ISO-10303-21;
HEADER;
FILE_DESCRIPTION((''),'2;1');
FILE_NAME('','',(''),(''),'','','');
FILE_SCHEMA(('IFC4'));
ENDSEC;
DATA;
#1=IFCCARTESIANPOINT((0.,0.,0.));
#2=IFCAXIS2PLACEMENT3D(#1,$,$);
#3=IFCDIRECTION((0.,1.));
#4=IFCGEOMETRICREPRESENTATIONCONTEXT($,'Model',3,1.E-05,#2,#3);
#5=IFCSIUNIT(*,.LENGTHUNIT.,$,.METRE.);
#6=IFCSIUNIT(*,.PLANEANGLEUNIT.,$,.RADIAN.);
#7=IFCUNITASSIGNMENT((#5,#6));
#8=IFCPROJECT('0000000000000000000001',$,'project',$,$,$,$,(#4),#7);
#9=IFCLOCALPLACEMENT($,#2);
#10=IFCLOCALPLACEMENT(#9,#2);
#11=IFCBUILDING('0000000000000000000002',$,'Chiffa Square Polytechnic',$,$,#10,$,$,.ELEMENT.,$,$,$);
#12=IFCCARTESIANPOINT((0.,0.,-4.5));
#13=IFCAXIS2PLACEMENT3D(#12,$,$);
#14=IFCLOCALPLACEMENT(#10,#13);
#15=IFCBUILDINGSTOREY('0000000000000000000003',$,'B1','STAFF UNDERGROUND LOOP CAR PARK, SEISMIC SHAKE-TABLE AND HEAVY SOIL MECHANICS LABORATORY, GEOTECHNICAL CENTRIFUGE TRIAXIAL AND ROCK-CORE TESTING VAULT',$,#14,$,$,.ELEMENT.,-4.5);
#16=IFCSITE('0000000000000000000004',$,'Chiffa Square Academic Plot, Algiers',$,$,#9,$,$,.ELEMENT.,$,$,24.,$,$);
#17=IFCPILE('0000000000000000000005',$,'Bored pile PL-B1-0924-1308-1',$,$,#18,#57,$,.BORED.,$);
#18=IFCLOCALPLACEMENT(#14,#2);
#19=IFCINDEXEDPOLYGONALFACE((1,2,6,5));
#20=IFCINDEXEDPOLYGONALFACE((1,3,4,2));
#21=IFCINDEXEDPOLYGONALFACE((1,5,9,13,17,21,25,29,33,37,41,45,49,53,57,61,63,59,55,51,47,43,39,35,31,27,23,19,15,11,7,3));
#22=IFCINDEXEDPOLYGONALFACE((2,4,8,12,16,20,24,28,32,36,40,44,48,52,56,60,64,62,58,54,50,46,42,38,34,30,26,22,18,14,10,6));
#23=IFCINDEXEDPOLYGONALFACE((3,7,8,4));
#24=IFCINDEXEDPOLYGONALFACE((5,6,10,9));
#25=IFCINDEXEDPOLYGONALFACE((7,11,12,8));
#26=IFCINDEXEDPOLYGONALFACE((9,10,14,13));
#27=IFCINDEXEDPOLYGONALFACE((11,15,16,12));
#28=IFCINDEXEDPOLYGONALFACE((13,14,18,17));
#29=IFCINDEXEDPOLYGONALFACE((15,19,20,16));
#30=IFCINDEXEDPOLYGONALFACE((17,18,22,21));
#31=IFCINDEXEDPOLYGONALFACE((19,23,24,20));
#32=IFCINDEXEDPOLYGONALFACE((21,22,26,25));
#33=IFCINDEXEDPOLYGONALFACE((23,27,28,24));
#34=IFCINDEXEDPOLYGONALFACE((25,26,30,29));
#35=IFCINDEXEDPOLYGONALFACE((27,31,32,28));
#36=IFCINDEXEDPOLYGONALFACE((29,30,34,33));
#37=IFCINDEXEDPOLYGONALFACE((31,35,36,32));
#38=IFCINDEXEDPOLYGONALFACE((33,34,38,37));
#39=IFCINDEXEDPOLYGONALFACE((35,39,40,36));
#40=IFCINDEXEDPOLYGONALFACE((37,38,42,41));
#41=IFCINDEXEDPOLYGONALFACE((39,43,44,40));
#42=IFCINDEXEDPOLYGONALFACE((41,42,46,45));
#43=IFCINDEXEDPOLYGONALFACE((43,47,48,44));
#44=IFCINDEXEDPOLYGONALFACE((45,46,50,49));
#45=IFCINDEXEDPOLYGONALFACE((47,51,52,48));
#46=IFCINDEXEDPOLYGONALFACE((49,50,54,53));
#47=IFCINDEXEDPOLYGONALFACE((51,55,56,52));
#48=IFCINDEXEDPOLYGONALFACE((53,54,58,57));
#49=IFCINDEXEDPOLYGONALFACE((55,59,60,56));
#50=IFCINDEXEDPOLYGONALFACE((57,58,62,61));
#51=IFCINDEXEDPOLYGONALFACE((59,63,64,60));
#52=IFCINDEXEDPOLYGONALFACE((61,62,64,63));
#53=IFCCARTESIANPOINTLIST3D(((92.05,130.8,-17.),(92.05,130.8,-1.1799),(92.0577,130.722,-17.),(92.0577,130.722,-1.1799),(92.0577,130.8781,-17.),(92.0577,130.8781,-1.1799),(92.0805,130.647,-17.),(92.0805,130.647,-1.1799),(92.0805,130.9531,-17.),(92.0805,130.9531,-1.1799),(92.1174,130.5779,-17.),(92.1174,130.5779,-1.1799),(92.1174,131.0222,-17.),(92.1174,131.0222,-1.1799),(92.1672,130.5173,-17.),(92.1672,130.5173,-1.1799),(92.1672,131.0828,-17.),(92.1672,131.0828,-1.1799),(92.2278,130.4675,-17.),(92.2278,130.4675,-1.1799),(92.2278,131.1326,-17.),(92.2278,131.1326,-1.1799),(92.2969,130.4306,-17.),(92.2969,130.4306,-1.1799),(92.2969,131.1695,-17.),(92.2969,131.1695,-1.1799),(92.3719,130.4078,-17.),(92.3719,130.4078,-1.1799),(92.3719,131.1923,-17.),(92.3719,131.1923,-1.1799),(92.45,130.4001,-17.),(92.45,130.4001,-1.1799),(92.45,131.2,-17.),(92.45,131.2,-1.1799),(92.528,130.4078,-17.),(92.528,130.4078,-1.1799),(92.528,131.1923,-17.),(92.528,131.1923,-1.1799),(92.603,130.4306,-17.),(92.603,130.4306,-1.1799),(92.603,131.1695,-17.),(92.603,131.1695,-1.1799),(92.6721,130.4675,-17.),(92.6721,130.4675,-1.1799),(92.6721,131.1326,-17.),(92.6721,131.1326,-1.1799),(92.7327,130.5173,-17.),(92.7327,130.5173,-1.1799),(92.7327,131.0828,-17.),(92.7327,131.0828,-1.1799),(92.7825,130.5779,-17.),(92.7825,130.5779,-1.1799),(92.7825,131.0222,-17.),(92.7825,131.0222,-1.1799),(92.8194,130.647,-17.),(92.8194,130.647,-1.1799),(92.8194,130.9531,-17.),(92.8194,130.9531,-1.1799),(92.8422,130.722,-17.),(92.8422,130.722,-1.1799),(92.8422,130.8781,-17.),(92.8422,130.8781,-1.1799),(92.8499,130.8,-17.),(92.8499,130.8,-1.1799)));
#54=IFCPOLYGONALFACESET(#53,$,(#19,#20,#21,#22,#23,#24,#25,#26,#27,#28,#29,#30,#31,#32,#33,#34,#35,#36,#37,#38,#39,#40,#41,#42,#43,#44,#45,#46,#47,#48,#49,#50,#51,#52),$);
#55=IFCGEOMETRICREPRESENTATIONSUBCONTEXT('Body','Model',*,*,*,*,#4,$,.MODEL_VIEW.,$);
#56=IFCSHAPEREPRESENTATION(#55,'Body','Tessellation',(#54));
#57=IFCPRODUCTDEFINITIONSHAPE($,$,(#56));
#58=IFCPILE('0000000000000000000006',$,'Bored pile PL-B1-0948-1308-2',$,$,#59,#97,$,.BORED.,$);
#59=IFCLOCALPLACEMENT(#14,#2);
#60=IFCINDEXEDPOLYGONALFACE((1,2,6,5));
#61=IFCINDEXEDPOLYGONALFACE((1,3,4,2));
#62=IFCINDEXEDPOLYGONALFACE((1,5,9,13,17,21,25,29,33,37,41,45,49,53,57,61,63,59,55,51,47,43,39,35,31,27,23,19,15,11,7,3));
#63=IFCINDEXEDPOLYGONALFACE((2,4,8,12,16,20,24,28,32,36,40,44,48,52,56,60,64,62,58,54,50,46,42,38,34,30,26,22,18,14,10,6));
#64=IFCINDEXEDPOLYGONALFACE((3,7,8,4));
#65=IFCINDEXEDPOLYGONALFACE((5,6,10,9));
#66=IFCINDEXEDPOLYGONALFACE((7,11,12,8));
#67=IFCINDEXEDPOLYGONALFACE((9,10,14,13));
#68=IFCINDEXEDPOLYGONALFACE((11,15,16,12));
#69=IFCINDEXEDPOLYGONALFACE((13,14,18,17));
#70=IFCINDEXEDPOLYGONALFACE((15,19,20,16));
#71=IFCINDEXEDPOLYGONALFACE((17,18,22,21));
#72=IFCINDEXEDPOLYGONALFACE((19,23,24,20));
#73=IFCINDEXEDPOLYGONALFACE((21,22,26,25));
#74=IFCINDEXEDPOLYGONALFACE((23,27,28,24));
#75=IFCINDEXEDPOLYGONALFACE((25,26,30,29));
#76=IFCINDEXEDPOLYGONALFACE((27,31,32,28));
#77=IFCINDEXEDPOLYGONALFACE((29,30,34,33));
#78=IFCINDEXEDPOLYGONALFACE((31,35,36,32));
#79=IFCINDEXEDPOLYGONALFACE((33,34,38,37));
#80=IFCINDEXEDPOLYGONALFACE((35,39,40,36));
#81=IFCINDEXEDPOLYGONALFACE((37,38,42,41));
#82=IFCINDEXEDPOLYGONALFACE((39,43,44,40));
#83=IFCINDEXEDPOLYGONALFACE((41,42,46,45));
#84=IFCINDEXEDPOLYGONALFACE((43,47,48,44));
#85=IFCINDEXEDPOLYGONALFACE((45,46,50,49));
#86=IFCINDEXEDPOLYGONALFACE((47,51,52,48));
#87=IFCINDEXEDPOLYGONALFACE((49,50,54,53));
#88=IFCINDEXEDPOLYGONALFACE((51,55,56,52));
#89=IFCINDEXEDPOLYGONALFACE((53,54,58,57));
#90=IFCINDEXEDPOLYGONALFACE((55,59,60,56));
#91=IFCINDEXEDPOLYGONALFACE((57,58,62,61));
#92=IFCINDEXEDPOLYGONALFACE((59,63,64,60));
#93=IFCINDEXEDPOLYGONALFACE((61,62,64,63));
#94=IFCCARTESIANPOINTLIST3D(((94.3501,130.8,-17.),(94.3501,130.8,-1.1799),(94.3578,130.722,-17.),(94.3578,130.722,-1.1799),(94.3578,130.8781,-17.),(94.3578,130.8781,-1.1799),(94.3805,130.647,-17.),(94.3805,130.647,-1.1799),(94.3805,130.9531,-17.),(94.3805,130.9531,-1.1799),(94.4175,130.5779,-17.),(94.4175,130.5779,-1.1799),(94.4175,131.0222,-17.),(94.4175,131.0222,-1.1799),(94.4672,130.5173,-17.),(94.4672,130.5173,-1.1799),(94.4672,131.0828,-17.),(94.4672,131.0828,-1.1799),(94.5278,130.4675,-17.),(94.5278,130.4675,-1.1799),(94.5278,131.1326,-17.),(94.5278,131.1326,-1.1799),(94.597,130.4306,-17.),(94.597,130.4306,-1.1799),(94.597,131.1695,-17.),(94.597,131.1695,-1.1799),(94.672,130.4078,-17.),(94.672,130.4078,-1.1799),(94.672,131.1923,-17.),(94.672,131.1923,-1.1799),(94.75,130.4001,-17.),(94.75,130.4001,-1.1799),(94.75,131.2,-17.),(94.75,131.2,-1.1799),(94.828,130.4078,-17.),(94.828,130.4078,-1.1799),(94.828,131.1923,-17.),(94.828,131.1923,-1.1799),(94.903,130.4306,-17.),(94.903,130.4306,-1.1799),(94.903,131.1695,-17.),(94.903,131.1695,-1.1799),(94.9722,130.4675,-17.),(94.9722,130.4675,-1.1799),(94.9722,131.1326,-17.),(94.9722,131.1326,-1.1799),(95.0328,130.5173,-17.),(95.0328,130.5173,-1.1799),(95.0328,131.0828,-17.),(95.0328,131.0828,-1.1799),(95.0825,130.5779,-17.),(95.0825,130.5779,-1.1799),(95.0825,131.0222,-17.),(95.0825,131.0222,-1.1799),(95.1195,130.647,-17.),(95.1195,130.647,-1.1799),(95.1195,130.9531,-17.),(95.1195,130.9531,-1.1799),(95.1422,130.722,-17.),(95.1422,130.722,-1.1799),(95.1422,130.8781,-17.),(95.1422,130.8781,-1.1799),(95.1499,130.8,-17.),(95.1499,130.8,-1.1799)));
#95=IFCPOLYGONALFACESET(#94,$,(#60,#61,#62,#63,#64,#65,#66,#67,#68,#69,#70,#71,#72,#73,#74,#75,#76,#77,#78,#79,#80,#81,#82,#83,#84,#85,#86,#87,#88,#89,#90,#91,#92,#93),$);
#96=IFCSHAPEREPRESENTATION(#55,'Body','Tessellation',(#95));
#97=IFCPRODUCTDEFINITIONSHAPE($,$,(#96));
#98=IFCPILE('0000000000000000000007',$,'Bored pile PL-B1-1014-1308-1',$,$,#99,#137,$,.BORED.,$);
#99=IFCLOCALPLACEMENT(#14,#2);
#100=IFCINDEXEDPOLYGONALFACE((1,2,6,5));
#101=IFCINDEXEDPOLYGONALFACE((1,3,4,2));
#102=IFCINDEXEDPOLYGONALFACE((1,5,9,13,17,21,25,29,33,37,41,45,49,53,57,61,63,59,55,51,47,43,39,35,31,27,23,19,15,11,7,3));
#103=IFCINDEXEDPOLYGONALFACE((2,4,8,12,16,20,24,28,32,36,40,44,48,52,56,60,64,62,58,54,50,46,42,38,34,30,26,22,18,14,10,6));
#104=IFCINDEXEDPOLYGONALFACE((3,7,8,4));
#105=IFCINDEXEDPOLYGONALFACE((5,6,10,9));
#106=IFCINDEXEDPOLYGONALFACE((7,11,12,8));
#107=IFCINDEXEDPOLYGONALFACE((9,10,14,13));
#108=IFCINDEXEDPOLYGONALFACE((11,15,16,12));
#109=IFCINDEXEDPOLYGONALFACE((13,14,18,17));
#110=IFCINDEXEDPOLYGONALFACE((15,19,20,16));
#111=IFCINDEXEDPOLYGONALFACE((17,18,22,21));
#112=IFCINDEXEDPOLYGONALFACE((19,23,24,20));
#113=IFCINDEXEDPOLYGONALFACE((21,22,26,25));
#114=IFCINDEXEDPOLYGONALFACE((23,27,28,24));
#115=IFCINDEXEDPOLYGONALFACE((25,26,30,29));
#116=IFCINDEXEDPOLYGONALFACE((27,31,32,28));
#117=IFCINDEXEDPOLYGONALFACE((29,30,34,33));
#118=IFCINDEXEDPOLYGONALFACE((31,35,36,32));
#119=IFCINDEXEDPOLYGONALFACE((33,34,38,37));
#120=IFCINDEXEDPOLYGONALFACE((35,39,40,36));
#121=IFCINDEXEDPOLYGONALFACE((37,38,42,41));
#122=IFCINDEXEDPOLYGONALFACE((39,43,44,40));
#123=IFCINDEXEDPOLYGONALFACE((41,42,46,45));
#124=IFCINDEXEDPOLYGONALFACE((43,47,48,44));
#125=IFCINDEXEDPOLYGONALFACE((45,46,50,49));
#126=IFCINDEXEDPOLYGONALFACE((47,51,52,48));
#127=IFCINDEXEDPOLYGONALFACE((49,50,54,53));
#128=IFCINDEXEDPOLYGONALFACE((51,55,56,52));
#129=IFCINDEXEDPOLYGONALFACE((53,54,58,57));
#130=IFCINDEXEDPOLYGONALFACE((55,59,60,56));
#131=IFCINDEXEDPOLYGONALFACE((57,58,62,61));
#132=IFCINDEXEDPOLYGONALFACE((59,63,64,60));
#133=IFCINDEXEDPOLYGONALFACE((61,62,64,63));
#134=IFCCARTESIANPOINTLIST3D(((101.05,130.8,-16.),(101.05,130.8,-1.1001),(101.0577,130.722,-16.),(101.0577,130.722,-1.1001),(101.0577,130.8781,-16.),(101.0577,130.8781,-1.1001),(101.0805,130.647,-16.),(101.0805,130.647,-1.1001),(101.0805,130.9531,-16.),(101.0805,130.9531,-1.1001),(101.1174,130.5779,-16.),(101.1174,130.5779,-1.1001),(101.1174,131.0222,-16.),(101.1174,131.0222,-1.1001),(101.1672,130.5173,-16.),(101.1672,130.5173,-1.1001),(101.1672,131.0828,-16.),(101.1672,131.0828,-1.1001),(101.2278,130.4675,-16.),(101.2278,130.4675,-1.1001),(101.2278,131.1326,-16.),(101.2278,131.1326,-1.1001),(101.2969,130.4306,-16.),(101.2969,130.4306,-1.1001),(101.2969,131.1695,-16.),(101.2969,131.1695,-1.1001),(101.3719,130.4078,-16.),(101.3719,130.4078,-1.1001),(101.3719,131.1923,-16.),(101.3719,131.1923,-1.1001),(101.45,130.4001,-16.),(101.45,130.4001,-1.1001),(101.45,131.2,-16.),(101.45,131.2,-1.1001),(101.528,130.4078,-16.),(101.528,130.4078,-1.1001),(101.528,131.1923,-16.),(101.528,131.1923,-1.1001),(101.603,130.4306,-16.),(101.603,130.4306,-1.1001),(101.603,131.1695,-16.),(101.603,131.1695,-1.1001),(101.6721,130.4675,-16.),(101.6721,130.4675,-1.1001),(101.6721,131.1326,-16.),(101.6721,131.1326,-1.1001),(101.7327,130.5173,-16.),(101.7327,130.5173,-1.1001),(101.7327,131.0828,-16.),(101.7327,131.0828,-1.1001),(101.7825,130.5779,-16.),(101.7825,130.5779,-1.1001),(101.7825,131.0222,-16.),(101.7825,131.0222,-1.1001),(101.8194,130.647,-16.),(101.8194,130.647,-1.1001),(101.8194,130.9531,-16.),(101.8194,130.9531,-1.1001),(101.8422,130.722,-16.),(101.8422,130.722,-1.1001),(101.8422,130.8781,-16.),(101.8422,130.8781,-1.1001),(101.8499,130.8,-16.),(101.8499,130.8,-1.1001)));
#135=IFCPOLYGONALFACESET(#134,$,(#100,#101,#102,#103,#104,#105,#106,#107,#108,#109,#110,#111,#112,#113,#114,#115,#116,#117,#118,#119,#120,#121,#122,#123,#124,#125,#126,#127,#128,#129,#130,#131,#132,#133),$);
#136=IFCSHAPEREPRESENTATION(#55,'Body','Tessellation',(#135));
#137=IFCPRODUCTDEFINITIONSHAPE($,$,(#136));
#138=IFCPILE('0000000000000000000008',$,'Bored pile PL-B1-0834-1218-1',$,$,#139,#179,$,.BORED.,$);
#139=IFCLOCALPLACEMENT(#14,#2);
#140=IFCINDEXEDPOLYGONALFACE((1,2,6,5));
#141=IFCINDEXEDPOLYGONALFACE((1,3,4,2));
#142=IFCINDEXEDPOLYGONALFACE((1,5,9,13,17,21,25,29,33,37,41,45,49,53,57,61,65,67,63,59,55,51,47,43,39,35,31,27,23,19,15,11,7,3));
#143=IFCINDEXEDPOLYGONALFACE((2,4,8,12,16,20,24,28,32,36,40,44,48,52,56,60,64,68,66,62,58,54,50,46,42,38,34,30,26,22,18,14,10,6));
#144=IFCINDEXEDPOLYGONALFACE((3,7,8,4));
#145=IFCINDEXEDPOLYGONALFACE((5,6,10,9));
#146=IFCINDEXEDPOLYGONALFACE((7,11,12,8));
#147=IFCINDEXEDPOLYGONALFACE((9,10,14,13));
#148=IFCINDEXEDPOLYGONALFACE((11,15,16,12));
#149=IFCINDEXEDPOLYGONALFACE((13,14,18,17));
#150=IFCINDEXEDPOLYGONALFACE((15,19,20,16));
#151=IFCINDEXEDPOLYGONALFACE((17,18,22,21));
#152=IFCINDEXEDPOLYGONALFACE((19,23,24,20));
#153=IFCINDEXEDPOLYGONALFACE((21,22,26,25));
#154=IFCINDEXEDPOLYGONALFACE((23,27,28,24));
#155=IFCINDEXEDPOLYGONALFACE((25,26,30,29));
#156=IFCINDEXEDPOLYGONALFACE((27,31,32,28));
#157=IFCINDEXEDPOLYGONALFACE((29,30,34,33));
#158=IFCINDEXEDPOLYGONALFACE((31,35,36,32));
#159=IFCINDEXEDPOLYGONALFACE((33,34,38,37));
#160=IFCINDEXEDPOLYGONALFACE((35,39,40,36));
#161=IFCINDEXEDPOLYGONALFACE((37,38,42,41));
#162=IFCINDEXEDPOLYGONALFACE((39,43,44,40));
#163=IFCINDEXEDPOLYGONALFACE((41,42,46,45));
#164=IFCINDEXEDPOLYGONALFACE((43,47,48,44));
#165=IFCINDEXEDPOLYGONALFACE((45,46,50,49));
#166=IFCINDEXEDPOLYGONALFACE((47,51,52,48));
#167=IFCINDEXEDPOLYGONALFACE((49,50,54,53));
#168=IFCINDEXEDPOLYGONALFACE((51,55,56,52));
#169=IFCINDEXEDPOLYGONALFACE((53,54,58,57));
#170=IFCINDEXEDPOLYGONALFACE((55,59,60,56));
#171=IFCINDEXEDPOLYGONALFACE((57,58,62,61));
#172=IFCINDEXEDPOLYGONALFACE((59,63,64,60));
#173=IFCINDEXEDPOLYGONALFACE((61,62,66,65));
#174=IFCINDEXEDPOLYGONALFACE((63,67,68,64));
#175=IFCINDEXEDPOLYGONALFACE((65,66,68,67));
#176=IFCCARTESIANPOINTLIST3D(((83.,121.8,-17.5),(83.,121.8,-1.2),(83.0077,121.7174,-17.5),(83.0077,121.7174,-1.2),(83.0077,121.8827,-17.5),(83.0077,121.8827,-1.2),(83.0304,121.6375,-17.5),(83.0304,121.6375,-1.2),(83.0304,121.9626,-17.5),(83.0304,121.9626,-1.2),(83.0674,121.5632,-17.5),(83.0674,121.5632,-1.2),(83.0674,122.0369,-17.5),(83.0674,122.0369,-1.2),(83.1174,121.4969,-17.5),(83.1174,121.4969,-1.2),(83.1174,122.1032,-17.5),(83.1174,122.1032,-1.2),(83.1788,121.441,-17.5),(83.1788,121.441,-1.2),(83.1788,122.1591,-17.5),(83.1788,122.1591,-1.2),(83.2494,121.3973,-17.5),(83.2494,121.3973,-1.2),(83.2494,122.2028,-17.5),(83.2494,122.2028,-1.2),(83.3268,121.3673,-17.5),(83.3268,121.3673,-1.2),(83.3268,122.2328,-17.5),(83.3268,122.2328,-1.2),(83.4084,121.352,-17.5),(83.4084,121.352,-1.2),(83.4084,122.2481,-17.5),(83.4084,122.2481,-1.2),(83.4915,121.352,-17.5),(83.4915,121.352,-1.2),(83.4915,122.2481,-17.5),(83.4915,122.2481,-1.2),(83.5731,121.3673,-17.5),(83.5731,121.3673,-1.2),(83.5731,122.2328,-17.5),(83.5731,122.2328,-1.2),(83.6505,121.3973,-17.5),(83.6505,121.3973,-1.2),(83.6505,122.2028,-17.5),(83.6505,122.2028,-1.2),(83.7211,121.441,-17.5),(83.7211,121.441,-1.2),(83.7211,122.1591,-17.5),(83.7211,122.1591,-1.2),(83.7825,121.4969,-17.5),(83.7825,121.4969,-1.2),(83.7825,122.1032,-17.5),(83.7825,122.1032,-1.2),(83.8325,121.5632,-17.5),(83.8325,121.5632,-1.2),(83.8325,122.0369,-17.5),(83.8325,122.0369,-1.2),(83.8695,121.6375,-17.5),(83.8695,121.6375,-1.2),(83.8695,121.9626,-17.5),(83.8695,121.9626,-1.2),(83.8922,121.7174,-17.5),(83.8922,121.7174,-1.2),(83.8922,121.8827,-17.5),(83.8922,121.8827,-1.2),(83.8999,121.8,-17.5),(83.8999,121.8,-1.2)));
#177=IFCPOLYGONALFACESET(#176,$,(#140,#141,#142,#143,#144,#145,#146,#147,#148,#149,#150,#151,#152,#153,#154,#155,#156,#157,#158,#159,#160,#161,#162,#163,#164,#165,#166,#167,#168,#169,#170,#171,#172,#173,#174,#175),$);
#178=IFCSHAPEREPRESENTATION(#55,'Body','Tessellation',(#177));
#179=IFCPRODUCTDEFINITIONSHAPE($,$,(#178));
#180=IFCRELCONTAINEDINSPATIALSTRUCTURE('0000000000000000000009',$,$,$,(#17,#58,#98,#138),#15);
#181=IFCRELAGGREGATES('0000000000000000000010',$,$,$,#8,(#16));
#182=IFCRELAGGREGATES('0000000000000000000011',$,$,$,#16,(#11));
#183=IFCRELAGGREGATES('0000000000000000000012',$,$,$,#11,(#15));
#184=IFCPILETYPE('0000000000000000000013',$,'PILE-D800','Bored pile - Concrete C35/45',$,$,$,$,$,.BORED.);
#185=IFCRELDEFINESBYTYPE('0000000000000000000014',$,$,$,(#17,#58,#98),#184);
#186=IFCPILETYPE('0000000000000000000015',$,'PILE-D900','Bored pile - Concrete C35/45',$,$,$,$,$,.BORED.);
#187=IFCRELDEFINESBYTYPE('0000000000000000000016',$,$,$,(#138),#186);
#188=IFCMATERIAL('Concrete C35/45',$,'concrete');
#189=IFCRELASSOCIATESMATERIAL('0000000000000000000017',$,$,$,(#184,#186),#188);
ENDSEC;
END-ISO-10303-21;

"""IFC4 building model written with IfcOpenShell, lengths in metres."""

from ifc_helpers import new_model, si_unit, direction, frame, origin, origin_2d, place, context, subcontext, project, spatial, circle, extrude, material, material_profile, profile_set, type_object, element, save


model = new_model("IFC4")

# Units and contexts
model_context = context("Model", 3, precision=1e-05, world=origin(), true_north=direction((0.0, 1.0)))
body_context = subcontext(model_context, "Body", "Model", "MODEL_VIEW")
ifc_project = project(units=[si_unit("LENGTHUNIT", "METRE"), si_unit("PLANEANGLEUNIT", "RADIAN")], contexts=[model_context])

# Site, building, storey
site_placement = place(None, origin())
site = spatial("IfcSite", under=ifc_project, at=site_placement, Name="Chiffa Square Academic Plot, Algiers", CompositionType="ELEMENT", RefElevation=24.0)
building_placement = place(site_placement, origin())
building = spatial("IfcBuilding", under=site, at=building_placement, Name="Chiffa Square Polytechnic", CompositionType="ELEMENT")
storey_placement = place(building_placement, frame((0.0, 0.0, -4.5)))
storey = spatial("IfcBuildingStorey", under=building, at=storey_placement, Name="B1", Description="STAFF UNDERGROUND LOOP CAR PARK, SEISMIC SHAKE-TABLE AND HEAVY SOIL MECHANICS LABORATORY, GEOTECHNICAL CENTRIFUGE TRIAXIAL AND ROCK-CORE TESTING VAULT", CompositionType="ELEMENT", Elevation=-4.5)

# Shared definitions
ifc_material_1 = material(Name="Concrete C35/45", Category="concrete")

# Piles
ifc_material_profile_1 = material_profile(ifc_material_1, circle(Radius=0.3999, at=origin_2d()), Name="PILE D800")
ifc_profile_set_1 = profile_set([ifc_material_profile_1], Name="Concrete C35/45")
pile_type_1 = type_object("IfcPileType", Name="PILE-D800", Description="Bored pile - Concrete C35/45", PredefinedType="BORED", material=ifc_profile_set_1)
for number, where, z_axis, x_axis, name in (
    (1, (92.45, 130.8, -1.1799), (0.0, 0.0, -1.0), (1.0, 0.0, 0.0), "Bored pile PL-B1-0924-1308-1"),
    (2, (94.75, 130.8, -1.1799), (0.0, 0.0, -1.0), (1.0, 0.0, 0.0), "Bored pile PL-B1-0948-1308-2"),
):
    element("IfcPile", number, at=place(storey_placement, frame(where, z_axis=z_axis, x_axis=x_axis)), inside=storey, type_object=pile_type_1, Name=name, PredefinedType="BORED", context=body_context, shape_type="SweptSolid", body=[
        extrude(circle(Radius=0.3999, at=origin_2d()), origin(), (0.0, 0.0, 1.0), 15.8201),
    ])
pile_1_placement = place(storey_placement, frame((101.45, 130.8, -1.1001), z_axis=(0.0, 0.0, -1.0), x_axis=(1.0, 0.0, 0.0)))
element("IfcPile", 3, at=pile_1_placement, inside=storey, type_object=pile_type_1, Name="Bored pile PL-B1-1014-1308-1", PredefinedType="BORED", context=body_context, shape_type="SweptSolid", body=[
    extrude(circle(Radius=0.3999, at=origin_2d()), origin(), (0.0, 0.0, 1.0), 14.8999),
])
ifc_material_profile_2 = material_profile(ifc_material_1, circle(Radius=0.45, at=origin_2d()), Name="PILE D900")
ifc_profile_set_2 = profile_set([ifc_material_profile_2], Name="Concrete C35/45")
pile_type_2 = type_object("IfcPileType", Name="PILE-D900", Description="Bored pile - Concrete C35/45", PredefinedType="BORED", material=ifc_profile_set_2)
for number, where, z_axis, x_axis, name in (
    (4, (83.45, 121.8, -1.2), (0.0, 0.0, -1.0), (1.0, 0.0, 0.0), "Bored pile PL-B1-0834-1218-1"),
):
    element("IfcPile", number, at=place(storey_placement, frame(where, z_axis=z_axis, x_axis=x_axis)), inside=storey, type_object=pile_type_2, Name=name, PredefinedType="BORED", context=body_context, shape_type="SweptSolid", body=[
        extrude(circle(Radius=0.45, at=origin_2d()), origin(), (0.0, 0.0, 1.0), 16.3),
    ])

save(model, "model.ifc")
